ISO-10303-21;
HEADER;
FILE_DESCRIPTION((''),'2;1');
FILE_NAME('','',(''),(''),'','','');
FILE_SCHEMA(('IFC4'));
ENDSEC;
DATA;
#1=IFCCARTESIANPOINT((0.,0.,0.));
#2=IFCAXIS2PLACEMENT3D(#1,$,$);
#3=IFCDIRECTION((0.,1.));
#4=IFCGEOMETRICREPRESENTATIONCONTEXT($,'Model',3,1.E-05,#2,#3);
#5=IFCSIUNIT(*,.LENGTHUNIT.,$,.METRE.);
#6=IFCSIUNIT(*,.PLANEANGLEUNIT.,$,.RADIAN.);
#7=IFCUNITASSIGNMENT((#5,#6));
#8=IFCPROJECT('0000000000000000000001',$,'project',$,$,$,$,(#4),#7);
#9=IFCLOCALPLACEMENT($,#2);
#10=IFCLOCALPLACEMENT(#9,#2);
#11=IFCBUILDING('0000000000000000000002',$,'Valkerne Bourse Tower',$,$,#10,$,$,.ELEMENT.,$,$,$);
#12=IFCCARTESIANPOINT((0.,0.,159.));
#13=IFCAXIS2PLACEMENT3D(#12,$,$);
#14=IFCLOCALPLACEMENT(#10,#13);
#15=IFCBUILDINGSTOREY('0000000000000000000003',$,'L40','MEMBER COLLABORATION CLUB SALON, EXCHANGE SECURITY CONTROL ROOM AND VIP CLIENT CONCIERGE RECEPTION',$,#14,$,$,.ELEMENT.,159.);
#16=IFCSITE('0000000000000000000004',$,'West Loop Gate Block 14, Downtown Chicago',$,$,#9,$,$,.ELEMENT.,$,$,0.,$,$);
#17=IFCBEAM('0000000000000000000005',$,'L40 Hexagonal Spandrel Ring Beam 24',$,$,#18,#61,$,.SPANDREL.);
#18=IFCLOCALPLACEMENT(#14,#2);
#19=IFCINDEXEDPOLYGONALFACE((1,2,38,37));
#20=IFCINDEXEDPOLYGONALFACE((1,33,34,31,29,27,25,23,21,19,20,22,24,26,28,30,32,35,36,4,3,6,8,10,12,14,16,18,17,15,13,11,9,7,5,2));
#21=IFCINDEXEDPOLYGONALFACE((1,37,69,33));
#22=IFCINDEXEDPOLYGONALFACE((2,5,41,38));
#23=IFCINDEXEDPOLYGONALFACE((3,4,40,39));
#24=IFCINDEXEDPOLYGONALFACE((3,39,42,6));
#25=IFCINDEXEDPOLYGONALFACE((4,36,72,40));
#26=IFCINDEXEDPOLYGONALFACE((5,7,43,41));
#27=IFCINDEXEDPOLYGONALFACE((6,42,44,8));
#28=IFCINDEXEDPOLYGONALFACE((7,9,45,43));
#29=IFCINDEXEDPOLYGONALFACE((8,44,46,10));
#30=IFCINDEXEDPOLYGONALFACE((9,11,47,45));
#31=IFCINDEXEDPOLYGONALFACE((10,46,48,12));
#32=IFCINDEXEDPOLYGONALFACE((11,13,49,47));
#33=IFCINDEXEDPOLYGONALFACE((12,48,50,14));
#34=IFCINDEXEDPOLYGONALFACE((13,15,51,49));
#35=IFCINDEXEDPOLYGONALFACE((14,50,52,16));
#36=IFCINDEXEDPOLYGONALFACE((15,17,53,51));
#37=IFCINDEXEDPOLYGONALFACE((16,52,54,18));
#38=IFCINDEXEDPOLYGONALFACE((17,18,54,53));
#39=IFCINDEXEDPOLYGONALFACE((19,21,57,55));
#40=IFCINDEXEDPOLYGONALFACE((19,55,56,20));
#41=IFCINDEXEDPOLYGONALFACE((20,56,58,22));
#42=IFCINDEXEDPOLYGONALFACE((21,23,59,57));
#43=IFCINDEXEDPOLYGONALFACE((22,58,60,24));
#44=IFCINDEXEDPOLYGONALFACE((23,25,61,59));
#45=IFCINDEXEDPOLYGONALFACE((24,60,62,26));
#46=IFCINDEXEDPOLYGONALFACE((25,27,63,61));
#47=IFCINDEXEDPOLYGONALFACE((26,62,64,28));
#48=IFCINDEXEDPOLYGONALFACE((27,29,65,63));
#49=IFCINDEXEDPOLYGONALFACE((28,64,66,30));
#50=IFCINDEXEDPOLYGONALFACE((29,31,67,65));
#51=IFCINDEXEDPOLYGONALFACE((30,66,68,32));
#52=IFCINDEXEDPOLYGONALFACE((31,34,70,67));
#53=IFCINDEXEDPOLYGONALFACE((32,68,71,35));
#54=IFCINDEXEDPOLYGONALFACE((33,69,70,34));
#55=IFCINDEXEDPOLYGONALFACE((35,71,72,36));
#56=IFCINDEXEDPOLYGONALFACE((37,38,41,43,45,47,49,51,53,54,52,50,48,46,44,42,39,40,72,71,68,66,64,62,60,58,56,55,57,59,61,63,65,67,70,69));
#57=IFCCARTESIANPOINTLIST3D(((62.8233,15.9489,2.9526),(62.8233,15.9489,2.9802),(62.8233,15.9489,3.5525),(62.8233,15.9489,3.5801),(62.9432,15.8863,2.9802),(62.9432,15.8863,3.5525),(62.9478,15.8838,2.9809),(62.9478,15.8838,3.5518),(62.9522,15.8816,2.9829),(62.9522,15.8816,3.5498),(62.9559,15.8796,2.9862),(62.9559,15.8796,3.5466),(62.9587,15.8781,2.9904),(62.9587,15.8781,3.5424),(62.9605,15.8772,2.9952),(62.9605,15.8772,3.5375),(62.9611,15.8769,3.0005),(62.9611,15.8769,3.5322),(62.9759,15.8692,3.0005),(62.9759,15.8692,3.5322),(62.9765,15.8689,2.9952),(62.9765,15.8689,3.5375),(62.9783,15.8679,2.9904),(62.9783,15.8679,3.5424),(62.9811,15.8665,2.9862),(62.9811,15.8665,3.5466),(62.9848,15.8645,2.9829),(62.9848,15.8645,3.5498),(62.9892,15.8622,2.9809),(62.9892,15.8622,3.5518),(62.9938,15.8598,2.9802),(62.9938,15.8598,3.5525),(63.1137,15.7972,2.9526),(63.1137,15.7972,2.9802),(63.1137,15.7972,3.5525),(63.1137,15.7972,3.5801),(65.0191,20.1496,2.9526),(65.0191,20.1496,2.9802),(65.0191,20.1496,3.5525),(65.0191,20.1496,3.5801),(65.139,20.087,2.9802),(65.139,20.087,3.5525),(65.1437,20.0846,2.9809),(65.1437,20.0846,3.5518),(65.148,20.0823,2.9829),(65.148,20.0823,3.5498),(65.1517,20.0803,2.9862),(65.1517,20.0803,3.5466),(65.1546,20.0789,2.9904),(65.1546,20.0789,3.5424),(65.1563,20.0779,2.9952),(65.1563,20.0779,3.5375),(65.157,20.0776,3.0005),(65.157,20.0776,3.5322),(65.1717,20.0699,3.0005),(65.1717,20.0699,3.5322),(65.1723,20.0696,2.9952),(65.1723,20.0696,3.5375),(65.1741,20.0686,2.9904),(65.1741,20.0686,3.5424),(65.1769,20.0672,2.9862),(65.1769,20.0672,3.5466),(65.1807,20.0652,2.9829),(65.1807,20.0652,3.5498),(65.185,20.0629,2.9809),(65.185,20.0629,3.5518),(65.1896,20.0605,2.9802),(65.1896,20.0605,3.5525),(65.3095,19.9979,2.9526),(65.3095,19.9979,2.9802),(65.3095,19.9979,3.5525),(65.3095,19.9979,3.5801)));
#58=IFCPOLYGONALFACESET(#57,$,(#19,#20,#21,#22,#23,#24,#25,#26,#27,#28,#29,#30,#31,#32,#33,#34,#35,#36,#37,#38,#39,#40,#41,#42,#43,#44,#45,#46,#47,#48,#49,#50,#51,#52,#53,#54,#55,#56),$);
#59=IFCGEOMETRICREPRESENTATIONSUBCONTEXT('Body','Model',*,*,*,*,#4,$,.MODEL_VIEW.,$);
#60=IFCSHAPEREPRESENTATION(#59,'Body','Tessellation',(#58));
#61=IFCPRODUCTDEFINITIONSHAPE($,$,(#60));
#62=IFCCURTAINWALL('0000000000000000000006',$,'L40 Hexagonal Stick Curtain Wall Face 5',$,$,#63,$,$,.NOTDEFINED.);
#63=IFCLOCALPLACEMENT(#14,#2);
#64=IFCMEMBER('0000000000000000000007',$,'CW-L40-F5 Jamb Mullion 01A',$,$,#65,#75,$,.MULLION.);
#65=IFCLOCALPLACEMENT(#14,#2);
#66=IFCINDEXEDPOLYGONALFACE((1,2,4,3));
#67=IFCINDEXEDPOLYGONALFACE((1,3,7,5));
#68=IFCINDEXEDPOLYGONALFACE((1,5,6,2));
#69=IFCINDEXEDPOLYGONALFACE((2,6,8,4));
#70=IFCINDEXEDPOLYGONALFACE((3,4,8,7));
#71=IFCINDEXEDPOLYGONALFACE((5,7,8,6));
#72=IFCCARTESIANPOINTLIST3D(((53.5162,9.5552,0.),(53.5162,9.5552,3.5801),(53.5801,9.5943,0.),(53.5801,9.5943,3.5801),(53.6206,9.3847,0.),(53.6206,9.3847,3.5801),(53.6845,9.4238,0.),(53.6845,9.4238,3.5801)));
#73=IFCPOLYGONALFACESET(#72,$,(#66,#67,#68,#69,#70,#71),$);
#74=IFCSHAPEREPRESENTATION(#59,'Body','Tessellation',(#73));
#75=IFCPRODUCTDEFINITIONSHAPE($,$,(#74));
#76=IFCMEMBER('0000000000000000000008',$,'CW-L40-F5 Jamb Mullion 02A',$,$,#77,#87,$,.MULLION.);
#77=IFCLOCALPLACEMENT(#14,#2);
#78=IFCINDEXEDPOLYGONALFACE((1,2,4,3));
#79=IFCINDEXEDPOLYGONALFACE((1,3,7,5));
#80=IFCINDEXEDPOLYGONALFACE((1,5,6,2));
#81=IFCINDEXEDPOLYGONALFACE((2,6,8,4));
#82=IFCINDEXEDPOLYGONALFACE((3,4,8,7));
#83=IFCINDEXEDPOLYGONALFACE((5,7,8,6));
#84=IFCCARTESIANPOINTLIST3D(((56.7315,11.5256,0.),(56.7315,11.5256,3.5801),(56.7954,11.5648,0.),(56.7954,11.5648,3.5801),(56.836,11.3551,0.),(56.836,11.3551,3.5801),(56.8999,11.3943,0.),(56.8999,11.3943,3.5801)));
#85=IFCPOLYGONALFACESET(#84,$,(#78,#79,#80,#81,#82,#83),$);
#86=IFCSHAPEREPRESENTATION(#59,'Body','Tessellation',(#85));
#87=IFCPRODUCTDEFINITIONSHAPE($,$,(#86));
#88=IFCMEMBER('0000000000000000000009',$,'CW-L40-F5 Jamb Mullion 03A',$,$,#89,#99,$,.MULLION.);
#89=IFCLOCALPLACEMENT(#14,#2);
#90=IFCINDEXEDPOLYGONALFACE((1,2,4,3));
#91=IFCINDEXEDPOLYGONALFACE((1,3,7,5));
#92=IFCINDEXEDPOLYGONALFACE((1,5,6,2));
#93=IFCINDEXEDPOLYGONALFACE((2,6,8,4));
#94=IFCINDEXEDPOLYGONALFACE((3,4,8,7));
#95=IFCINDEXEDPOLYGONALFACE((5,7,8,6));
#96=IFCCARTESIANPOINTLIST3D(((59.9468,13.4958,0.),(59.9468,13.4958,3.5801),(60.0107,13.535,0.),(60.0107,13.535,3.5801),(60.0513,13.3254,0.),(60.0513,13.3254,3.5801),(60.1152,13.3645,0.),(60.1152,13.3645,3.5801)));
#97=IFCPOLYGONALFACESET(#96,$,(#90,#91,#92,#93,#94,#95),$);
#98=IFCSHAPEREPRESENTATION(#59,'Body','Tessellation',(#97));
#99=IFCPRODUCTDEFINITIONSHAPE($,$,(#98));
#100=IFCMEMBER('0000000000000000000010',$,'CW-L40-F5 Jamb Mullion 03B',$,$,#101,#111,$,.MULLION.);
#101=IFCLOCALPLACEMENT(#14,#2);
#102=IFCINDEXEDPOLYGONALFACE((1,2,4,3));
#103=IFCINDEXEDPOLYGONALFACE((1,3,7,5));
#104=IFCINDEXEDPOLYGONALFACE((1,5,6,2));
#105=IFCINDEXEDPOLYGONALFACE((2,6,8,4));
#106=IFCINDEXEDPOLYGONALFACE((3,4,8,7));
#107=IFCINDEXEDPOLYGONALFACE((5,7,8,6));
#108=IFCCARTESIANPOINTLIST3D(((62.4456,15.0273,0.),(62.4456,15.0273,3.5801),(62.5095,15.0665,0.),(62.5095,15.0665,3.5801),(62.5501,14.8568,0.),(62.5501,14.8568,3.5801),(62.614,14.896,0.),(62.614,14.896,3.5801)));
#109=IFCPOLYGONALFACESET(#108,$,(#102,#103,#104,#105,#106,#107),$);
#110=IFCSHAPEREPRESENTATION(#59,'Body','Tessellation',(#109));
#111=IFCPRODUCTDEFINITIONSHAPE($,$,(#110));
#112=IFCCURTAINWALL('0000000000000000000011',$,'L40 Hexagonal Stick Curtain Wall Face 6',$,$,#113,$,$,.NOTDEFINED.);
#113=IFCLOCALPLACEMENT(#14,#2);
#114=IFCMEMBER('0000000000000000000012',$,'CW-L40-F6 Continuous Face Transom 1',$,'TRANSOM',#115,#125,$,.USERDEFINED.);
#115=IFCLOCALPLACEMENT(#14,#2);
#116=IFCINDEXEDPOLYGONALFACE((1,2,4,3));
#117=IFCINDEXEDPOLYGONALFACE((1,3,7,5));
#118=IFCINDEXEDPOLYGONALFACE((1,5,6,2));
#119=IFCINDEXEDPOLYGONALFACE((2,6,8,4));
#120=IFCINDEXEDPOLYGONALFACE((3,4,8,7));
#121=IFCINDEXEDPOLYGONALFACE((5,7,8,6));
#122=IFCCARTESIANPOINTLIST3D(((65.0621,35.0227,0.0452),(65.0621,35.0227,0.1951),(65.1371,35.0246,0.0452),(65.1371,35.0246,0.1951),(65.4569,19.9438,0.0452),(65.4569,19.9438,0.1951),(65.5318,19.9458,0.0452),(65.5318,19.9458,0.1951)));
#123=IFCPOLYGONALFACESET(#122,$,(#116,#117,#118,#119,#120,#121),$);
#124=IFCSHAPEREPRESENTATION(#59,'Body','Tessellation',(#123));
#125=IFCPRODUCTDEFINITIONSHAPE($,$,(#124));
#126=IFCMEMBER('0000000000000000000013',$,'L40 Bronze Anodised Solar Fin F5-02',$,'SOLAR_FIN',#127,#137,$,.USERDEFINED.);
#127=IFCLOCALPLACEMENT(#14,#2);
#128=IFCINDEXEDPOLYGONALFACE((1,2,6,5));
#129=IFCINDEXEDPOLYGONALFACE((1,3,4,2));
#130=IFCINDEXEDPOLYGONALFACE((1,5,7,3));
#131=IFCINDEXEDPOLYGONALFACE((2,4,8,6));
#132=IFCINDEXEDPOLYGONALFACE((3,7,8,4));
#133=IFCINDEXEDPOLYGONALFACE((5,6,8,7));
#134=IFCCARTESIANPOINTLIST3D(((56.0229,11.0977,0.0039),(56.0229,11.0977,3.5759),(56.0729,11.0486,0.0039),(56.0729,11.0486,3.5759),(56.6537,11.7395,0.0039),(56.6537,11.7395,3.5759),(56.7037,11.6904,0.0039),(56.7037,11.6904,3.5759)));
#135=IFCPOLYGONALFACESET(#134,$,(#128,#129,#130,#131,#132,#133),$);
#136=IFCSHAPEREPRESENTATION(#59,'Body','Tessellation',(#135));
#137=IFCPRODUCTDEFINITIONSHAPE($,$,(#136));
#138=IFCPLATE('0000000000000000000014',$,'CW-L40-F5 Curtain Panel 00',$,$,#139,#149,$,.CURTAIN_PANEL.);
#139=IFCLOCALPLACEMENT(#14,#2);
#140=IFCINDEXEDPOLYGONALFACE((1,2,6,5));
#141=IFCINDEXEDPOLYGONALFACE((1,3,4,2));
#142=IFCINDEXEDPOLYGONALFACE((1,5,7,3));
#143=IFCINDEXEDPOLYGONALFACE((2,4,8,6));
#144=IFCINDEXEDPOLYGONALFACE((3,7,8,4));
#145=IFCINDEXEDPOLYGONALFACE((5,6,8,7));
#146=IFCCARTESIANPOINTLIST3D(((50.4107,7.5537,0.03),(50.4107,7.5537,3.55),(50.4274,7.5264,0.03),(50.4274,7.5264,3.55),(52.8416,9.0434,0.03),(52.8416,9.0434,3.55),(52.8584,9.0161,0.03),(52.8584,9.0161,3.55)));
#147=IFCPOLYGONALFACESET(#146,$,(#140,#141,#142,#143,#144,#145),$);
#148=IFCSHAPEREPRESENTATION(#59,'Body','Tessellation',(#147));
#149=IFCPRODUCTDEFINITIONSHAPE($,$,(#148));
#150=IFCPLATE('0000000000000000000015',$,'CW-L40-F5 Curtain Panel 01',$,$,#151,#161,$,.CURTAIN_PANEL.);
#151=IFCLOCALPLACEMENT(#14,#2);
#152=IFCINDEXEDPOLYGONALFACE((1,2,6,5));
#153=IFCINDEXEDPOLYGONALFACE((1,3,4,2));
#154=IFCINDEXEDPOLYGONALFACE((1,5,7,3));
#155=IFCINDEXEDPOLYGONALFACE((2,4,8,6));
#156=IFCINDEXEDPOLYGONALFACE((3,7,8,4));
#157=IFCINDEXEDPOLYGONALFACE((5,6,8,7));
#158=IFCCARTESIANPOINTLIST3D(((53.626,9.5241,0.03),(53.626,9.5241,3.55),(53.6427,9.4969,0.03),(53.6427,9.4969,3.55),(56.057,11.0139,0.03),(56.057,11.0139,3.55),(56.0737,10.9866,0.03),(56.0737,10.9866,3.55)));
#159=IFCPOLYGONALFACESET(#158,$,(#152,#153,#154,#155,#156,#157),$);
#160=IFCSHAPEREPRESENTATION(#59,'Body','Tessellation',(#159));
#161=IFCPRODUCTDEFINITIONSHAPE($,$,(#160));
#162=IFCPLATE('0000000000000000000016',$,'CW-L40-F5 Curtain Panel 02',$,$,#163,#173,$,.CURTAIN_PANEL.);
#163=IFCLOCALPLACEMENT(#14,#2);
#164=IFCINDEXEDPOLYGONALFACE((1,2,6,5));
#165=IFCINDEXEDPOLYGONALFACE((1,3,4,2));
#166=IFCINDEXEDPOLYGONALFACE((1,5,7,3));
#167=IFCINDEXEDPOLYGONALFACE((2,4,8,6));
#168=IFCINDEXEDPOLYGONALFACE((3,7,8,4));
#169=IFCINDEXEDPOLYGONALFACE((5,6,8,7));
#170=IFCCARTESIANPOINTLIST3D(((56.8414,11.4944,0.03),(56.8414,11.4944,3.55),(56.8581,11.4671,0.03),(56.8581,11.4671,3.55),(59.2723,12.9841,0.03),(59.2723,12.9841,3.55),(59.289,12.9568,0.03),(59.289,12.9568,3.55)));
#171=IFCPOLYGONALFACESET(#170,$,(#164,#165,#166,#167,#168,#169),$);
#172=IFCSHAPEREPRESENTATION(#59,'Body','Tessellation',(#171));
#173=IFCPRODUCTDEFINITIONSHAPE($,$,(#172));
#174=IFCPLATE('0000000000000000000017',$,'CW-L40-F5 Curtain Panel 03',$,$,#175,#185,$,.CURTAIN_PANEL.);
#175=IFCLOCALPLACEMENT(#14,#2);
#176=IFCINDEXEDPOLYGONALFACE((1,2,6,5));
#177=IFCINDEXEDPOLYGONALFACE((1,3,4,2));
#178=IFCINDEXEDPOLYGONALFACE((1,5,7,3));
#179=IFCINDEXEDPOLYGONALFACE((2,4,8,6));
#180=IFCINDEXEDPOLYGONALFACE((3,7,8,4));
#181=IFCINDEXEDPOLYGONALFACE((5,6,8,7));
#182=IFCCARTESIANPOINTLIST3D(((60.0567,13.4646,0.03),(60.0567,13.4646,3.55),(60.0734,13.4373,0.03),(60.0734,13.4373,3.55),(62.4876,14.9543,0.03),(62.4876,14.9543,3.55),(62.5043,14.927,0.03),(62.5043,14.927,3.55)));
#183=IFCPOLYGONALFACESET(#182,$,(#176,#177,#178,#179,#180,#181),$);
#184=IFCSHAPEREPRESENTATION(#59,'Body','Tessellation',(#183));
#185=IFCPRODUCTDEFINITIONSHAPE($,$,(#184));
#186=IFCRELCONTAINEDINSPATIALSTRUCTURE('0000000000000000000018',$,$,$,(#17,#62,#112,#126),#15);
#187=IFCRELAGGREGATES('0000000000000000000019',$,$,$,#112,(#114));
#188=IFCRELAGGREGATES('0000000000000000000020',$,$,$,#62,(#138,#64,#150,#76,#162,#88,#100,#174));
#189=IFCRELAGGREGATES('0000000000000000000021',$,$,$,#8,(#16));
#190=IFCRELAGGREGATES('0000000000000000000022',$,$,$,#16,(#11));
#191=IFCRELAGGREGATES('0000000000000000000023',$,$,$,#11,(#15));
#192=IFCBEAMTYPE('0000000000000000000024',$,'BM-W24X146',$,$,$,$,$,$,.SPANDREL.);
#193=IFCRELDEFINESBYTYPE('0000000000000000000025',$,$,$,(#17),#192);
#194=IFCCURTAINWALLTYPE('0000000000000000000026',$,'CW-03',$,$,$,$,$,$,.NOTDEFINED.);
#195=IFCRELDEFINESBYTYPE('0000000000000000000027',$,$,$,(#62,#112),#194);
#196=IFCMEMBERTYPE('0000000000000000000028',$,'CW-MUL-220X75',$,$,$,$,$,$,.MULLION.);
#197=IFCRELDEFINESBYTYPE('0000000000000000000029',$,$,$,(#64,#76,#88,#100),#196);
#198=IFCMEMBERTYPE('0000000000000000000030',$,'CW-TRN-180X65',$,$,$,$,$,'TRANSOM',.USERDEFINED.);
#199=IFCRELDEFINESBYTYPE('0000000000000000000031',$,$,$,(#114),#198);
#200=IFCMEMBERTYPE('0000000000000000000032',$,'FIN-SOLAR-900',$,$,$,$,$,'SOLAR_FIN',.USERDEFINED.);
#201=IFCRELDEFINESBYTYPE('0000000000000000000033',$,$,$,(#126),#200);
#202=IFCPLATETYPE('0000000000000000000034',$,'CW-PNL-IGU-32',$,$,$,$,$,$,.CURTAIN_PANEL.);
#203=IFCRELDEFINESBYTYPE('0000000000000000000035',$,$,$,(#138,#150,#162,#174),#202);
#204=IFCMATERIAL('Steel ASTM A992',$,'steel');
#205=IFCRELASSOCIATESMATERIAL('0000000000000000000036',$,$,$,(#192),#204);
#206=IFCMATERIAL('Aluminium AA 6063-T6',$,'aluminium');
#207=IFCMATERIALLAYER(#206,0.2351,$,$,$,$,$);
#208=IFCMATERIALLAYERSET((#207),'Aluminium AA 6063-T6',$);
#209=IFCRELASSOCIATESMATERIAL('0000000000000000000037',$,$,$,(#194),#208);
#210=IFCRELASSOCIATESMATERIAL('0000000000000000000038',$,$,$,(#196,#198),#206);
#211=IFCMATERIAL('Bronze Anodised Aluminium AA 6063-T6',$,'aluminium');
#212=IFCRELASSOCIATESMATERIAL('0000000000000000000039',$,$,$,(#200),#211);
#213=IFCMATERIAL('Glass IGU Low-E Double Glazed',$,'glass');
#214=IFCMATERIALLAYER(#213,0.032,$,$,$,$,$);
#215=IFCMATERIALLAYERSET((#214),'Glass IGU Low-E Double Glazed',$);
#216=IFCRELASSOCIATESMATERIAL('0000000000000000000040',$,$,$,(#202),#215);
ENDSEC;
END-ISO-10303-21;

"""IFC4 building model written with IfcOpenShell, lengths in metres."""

from ifc_helpers import new_model, si_unit, direction, frame, origin, origin_2d, place, context, subcontext, project, spatial, rectangle, i_section, extrude, material, layer, layer_set, material_profile, profile_set, type_object, element, aggregate, save


model = new_model("IFC4")

# Units and contexts
model_context = context("Model", 3, precision=1e-05, world=origin(), true_north=direction((0.0, 1.0)))
body_context = subcontext(model_context, "Body", "Model", "MODEL_VIEW")
ifc_project = project(units=[si_unit("LENGTHUNIT", "METRE"), si_unit("PLANEANGLEUNIT", "RADIAN")], contexts=[model_context])

# Site, building, storey
site_placement = place(None, origin())
site = spatial("IfcSite", under=ifc_project, at=site_placement, Name="West Loop Gate Block 14, Downtown Chicago", CompositionType="ELEMENT", RefElevation=0.0)
building_placement = place(site_placement, origin())
building = spatial("IfcBuilding", under=site, at=building_placement, Name="Valkerne Bourse Tower", CompositionType="ELEMENT")
storey_placement = place(building_placement, frame((0.0, 0.0, 159.0)))
storey = spatial("IfcBuildingStorey", under=building, at=storey_placement, Name="L40", Description="MEMBER COLLABORATION CLUB SALON, EXCHANGE SECURITY CONTROL ROOM AND VIP CLIENT CONCIERGE RECEPTION", CompositionType="ELEMENT", Elevation=159.0)

# Beam
ifc_material_1 = material(Name="Steel ASTM A992", Category="steel")
ifc_material_profile_1 = material_profile(ifc_material_1, i_section(OverallWidth=0.3276, OverallDepth=0.6274, WebThickness=0.0166, FlangeThickness=0.0276, FilletRadius=0.0203, at=origin_2d()), Name="W24X146")
ifc_profile_set_1 = profile_set([ifc_material_profile_1], Name="Steel ASTM A992")
beam_type = type_object("IfcBeamType", Name="BM-W24X146", PredefinedType="SPANDREL", material=ifc_profile_set_1)
beam_placement = place(storey_placement, frame((62.9685, 15.873, 3.2664), z_axis=(0.463252, 0.886226, 0.0), x_axis=(-0.886226, 0.463252, 0.0)))
element("IfcBeam", 1, at=beam_placement, inside=storey, type_object=beam_type, Name="L40 Hexagonal Spandrel Ring Beam 24", PredefinedType="SPANDREL", context=body_context, shape_type="SweptSolid", body=[
    extrude(i_section(OverallWidth=0.3276, OverallDepth=0.6274, WebThickness=0.0166, FlangeThickness=0.0276, FilletRadius=0.0203, at=origin_2d()), origin(), (0.0, 0.0, 1.0), 4.74),
])

# Curtain wall, members
ifc_material_2 = material(Name="Aluminium AA 6063-T6", Category="aluminium")
ifc_layer_1 = layer(ifc_material_2, 0.2351)
ifc_layer_set_1 = layer_set([ifc_layer_1], Name="Aluminium AA 6063-T6")
curtain_wall_type = type_object("IfcCurtainWallType", Name="CW-03", PredefinedType="NOTDEFINED", material=ifc_layer_set_1)
curtain_wall_1_placement = place(storey_placement, origin())
curtain_wall_1 = element("IfcCurtainWall", 2, at=curtain_wall_1_placement, inside=storey, type_object=curtain_wall_type, Name="L40 Hexagonal Stick Curtain Wall Face 5", PredefinedType="NOTDEFINED")
ifc_material_profile_2 = material_profile(ifc_material_2, rectangle(XDim=0.075, YDim=0.2, at=origin_2d()), Name="CWM-75X200")
ifc_profile_set_2 = profile_set([ifc_material_profile_2], Name="Aluminium AA 6063-T6")
member_type_1 = type_object("IfcMemberType", Name="CW-MUL-220X75", PredefinedType="MULLION", material=ifc_profile_set_2)
member_1_placement = place(storey_placement, frame((53.6003, 9.4895, 0.0), z_axis=(0.0, 0.0, 1.0), x_axis=(0.852633, 0.52251, 0.0)))
member_1 = element("IfcMember", 3, at=member_1_placement, type_object=member_type_1, Name="CW-L40-F5 Jamb Mullion 01A", PredefinedType="MULLION", context=body_context, shape_type="SweptSolid", body=[
    extrude(rectangle(XDim=0.075, YDim=0.2, at=origin_2d()), origin(), (0.0, 0.0, 1.0), 3.5801),
])
member_2_placement = place(storey_placement, frame((56.8157, 11.46, 0.0), z_axis=(0.0, 0.0, 1.0), x_axis=(0.852645, 0.522491, 0.0)))
member_2 = element("IfcMember", 4, at=member_2_placement, type_object=member_type_1, Name="CW-L40-F5 Jamb Mullion 02A", PredefinedType="MULLION", context=body_context, shape_type="SweptSolid", body=[
    extrude(rectangle(XDim=0.075, YDim=0.2, at=origin_2d()), origin(), (0.0, 0.0, 1.0), 3.5801),
])
member_3_placement = place(storey_placement, frame((60.031, 13.4302, 0.0), z_axis=(0.0, 0.0, 1.0), x_axis=(0.852645, 0.522491, 0.0)))
member_3 = element("IfcMember", 5, at=member_3_placement, type_object=member_type_1, Name="CW-L40-F5 Jamb Mullion 03A", PredefinedType="MULLION", context=body_context, shape_type="SweptSolid", body=[
    extrude(rectangle(XDim=0.075, YDim=0.2, at=origin_2d()), origin(), (0.0, 0.0, 1.0), 3.5801),
])
member_4_placement = place(storey_placement, frame((62.5298, 14.9617, 0.0), z_axis=(0.0, 0.0, 1.0), x_axis=(0.852645, 0.522491, 0.0)))
member_4 = element("IfcMember", 6, at=member_4_placement, type_object=member_type_1, Name="CW-L40-F5 Jamb Mullion 03B", PredefinedType="MULLION", context=body_context, shape_type="SweptSolid", body=[
    extrude(rectangle(XDim=0.075, YDim=0.2, at=origin_2d()), origin(), (0.0, 0.0, 1.0), 3.5801),
])

# Curtain wall, member
curtain_wall_2_placement = place(storey_placement, origin())
curtain_wall_2 = element("IfcCurtainWall", 7, at=curtain_wall_2_placement, inside=storey, type_object=curtain_wall_type, Name="L40 Hexagonal Stick Curtain Wall Face 6", PredefinedType="NOTDEFINED")
ifc_material_profile_3 = material_profile(ifc_material_2, rectangle(XDim=0.075, YDim=0.1499, at=origin_2d()), Name="CWT-75X150")
ifc_profile_set_3 = profile_set([ifc_material_profile_3], Name="Aluminium AA 6063-T6")
member_type_2 = type_object("IfcMemberType", Name="CW-TRN-180X65", ElementType="TRANSOM", PredefinedType="USERDEFINED", material=ifc_profile_set_3)
member_5_placement = place(storey_placement, frame((65.4944, 19.9448, 0.1201), z_axis=(-0.026172, 0.999657, 0.0), x_axis=(-0.999657, -0.026172, 0.0)))
member_5 = element("IfcMember", 8, at=member_5_placement, type_object=member_type_2, Name="CW-L40-F6 Continuous Face Transom 1", ObjectType="TRANSOM", PredefinedType="USERDEFINED", context=body_context, shape_type="SweptSolid", body=[
    extrude(rectangle(XDim=0.075, YDim=0.1499, at=origin_2d()), origin(), (0.0, 0.0, 1.0), 15.084),
])
aggregate(curtain_wall_2, [member_5])

# Member
ifc_material_3 = material(Name="Bronze Anodised Aluminium AA 6063-T6", Category="aluminium")
ifc_material_profile_4 = material_profile(ifc_material_3, rectangle(XDim=0.0701, YDim=0.8999, at=origin_2d()), Name="FIN-70X900")
ifc_profile_set_4 = profile_set([ifc_material_profile_4], Name="Bronze Anodised Aluminium AA 6063-T6")
member_type_3 = type_object("IfcMemberType", Name="FIN-SOLAR-900", ElementType="SOLAR_FIN", PredefinedType="USERDEFINED", material=ifc_profile_set_4)
member_6_placement = place(storey_placement, frame((56.3633, 11.394, 0.0039), z_axis=(0.0, 0.0, 1.0), x_axis=(0.713186, -0.700975, 0.0)))
element("IfcMember", 9, at=member_6_placement, inside=storey, type_object=member_type_3, Name="L40 Bronze Anodised Solar Fin F5-02", ObjectType="SOLAR_FIN", PredefinedType="USERDEFINED", context=body_context, shape_type="SweptSolid", body=[
    extrude(rectangle(XDim=0.0701, YDim=0.8999, at=origin_2d()), origin(), (0.0, 0.0, 1.0), 3.572),
])

# Plates
ifc_material_4 = material(Name="Glass IGU Low-E Double Glazed", Category="glass")
ifc_layer_2 = layer(ifc_material_4, 0.032)
ifc_layer_set_2 = layer_set([ifc_layer_2], Name="Glass IGU Low-E Double Glazed")
plate_type = type_object("IfcPlateType", Name="CW-PNL-IGU-32", PredefinedType="CURTAIN_PANEL", material=ifc_layer_set_2)
plate_1_placement = place(storey_placement, frame((51.6345, 8.2849, 0.03), z_axis=(0.0, 0.0, 1.0), x_axis=(0.852645, 0.522491, 0.0)))
plate_1 = element("IfcPlate", 10, at=plate_1_placement, type_object=plate_type, Name="CW-L40-F5 Curtain Panel 00", PredefinedType="CURTAIN_PANEL", context=body_context, shape_type="SweptSolid", body=[
    extrude(rectangle(XDim=2.8511, YDim=0.032, at=origin_2d()), origin(), (0.0, 0.0, 1.0), 3.52),
])
plate_2_placement = place(storey_placement, frame((54.8499, 10.2554, 0.03), z_axis=(0.0, 0.0, 1.0), x_axis=(0.852633, 0.52251, 0.0)))
plate_2 = element("IfcPlate", 11, at=plate_2_placement, type_object=plate_type, Name="CW-L40-F5 Curtain Panel 01", PredefinedType="CURTAIN_PANEL", context=body_context, shape_type="SweptSolid", body=[
    extrude(rectangle(XDim=2.8511, YDim=0.032, at=origin_2d()), origin(), (0.0, 0.0, 1.0), 3.52),
])
plate_3_placement = place(storey_placement, frame((58.0652, 12.2256, 0.03), z_axis=(0.0, 0.0, 1.0), x_axis=(0.852645, 0.522491, 0.0)))
plate_3 = element("IfcPlate", 12, at=plate_3_placement, type_object=plate_type, Name="CW-L40-F5 Curtain Panel 02", PredefinedType="CURTAIN_PANEL", context=body_context, shape_type="SweptSolid", body=[
    extrude(rectangle(XDim=2.8511, YDim=0.032, at=origin_2d()), origin(), (0.0, 0.0, 1.0), 3.52),
])
plate_4_placement = place(storey_placement, frame((61.2805, 14.1958, 0.03), z_axis=(0.0, 0.0, 1.0), x_axis=(0.852645, 0.522491, 0.0)))
plate_4 = element("IfcPlate", 13, at=plate_4_placement, type_object=plate_type, Name="CW-L40-F5 Curtain Panel 03", PredefinedType="CURTAIN_PANEL", context=body_context, shape_type="SweptSolid", body=[
    extrude(rectangle(XDim=2.8511, YDim=0.032, at=origin_2d()), origin(), (0.0, 0.0, 1.0), 3.52),
])
aggregate(curtain_wall_1, [plate_1, member_1, plate_2, member_2, plate_3, member_3, member_4, plate_4])

save(model, "model.ifc")
